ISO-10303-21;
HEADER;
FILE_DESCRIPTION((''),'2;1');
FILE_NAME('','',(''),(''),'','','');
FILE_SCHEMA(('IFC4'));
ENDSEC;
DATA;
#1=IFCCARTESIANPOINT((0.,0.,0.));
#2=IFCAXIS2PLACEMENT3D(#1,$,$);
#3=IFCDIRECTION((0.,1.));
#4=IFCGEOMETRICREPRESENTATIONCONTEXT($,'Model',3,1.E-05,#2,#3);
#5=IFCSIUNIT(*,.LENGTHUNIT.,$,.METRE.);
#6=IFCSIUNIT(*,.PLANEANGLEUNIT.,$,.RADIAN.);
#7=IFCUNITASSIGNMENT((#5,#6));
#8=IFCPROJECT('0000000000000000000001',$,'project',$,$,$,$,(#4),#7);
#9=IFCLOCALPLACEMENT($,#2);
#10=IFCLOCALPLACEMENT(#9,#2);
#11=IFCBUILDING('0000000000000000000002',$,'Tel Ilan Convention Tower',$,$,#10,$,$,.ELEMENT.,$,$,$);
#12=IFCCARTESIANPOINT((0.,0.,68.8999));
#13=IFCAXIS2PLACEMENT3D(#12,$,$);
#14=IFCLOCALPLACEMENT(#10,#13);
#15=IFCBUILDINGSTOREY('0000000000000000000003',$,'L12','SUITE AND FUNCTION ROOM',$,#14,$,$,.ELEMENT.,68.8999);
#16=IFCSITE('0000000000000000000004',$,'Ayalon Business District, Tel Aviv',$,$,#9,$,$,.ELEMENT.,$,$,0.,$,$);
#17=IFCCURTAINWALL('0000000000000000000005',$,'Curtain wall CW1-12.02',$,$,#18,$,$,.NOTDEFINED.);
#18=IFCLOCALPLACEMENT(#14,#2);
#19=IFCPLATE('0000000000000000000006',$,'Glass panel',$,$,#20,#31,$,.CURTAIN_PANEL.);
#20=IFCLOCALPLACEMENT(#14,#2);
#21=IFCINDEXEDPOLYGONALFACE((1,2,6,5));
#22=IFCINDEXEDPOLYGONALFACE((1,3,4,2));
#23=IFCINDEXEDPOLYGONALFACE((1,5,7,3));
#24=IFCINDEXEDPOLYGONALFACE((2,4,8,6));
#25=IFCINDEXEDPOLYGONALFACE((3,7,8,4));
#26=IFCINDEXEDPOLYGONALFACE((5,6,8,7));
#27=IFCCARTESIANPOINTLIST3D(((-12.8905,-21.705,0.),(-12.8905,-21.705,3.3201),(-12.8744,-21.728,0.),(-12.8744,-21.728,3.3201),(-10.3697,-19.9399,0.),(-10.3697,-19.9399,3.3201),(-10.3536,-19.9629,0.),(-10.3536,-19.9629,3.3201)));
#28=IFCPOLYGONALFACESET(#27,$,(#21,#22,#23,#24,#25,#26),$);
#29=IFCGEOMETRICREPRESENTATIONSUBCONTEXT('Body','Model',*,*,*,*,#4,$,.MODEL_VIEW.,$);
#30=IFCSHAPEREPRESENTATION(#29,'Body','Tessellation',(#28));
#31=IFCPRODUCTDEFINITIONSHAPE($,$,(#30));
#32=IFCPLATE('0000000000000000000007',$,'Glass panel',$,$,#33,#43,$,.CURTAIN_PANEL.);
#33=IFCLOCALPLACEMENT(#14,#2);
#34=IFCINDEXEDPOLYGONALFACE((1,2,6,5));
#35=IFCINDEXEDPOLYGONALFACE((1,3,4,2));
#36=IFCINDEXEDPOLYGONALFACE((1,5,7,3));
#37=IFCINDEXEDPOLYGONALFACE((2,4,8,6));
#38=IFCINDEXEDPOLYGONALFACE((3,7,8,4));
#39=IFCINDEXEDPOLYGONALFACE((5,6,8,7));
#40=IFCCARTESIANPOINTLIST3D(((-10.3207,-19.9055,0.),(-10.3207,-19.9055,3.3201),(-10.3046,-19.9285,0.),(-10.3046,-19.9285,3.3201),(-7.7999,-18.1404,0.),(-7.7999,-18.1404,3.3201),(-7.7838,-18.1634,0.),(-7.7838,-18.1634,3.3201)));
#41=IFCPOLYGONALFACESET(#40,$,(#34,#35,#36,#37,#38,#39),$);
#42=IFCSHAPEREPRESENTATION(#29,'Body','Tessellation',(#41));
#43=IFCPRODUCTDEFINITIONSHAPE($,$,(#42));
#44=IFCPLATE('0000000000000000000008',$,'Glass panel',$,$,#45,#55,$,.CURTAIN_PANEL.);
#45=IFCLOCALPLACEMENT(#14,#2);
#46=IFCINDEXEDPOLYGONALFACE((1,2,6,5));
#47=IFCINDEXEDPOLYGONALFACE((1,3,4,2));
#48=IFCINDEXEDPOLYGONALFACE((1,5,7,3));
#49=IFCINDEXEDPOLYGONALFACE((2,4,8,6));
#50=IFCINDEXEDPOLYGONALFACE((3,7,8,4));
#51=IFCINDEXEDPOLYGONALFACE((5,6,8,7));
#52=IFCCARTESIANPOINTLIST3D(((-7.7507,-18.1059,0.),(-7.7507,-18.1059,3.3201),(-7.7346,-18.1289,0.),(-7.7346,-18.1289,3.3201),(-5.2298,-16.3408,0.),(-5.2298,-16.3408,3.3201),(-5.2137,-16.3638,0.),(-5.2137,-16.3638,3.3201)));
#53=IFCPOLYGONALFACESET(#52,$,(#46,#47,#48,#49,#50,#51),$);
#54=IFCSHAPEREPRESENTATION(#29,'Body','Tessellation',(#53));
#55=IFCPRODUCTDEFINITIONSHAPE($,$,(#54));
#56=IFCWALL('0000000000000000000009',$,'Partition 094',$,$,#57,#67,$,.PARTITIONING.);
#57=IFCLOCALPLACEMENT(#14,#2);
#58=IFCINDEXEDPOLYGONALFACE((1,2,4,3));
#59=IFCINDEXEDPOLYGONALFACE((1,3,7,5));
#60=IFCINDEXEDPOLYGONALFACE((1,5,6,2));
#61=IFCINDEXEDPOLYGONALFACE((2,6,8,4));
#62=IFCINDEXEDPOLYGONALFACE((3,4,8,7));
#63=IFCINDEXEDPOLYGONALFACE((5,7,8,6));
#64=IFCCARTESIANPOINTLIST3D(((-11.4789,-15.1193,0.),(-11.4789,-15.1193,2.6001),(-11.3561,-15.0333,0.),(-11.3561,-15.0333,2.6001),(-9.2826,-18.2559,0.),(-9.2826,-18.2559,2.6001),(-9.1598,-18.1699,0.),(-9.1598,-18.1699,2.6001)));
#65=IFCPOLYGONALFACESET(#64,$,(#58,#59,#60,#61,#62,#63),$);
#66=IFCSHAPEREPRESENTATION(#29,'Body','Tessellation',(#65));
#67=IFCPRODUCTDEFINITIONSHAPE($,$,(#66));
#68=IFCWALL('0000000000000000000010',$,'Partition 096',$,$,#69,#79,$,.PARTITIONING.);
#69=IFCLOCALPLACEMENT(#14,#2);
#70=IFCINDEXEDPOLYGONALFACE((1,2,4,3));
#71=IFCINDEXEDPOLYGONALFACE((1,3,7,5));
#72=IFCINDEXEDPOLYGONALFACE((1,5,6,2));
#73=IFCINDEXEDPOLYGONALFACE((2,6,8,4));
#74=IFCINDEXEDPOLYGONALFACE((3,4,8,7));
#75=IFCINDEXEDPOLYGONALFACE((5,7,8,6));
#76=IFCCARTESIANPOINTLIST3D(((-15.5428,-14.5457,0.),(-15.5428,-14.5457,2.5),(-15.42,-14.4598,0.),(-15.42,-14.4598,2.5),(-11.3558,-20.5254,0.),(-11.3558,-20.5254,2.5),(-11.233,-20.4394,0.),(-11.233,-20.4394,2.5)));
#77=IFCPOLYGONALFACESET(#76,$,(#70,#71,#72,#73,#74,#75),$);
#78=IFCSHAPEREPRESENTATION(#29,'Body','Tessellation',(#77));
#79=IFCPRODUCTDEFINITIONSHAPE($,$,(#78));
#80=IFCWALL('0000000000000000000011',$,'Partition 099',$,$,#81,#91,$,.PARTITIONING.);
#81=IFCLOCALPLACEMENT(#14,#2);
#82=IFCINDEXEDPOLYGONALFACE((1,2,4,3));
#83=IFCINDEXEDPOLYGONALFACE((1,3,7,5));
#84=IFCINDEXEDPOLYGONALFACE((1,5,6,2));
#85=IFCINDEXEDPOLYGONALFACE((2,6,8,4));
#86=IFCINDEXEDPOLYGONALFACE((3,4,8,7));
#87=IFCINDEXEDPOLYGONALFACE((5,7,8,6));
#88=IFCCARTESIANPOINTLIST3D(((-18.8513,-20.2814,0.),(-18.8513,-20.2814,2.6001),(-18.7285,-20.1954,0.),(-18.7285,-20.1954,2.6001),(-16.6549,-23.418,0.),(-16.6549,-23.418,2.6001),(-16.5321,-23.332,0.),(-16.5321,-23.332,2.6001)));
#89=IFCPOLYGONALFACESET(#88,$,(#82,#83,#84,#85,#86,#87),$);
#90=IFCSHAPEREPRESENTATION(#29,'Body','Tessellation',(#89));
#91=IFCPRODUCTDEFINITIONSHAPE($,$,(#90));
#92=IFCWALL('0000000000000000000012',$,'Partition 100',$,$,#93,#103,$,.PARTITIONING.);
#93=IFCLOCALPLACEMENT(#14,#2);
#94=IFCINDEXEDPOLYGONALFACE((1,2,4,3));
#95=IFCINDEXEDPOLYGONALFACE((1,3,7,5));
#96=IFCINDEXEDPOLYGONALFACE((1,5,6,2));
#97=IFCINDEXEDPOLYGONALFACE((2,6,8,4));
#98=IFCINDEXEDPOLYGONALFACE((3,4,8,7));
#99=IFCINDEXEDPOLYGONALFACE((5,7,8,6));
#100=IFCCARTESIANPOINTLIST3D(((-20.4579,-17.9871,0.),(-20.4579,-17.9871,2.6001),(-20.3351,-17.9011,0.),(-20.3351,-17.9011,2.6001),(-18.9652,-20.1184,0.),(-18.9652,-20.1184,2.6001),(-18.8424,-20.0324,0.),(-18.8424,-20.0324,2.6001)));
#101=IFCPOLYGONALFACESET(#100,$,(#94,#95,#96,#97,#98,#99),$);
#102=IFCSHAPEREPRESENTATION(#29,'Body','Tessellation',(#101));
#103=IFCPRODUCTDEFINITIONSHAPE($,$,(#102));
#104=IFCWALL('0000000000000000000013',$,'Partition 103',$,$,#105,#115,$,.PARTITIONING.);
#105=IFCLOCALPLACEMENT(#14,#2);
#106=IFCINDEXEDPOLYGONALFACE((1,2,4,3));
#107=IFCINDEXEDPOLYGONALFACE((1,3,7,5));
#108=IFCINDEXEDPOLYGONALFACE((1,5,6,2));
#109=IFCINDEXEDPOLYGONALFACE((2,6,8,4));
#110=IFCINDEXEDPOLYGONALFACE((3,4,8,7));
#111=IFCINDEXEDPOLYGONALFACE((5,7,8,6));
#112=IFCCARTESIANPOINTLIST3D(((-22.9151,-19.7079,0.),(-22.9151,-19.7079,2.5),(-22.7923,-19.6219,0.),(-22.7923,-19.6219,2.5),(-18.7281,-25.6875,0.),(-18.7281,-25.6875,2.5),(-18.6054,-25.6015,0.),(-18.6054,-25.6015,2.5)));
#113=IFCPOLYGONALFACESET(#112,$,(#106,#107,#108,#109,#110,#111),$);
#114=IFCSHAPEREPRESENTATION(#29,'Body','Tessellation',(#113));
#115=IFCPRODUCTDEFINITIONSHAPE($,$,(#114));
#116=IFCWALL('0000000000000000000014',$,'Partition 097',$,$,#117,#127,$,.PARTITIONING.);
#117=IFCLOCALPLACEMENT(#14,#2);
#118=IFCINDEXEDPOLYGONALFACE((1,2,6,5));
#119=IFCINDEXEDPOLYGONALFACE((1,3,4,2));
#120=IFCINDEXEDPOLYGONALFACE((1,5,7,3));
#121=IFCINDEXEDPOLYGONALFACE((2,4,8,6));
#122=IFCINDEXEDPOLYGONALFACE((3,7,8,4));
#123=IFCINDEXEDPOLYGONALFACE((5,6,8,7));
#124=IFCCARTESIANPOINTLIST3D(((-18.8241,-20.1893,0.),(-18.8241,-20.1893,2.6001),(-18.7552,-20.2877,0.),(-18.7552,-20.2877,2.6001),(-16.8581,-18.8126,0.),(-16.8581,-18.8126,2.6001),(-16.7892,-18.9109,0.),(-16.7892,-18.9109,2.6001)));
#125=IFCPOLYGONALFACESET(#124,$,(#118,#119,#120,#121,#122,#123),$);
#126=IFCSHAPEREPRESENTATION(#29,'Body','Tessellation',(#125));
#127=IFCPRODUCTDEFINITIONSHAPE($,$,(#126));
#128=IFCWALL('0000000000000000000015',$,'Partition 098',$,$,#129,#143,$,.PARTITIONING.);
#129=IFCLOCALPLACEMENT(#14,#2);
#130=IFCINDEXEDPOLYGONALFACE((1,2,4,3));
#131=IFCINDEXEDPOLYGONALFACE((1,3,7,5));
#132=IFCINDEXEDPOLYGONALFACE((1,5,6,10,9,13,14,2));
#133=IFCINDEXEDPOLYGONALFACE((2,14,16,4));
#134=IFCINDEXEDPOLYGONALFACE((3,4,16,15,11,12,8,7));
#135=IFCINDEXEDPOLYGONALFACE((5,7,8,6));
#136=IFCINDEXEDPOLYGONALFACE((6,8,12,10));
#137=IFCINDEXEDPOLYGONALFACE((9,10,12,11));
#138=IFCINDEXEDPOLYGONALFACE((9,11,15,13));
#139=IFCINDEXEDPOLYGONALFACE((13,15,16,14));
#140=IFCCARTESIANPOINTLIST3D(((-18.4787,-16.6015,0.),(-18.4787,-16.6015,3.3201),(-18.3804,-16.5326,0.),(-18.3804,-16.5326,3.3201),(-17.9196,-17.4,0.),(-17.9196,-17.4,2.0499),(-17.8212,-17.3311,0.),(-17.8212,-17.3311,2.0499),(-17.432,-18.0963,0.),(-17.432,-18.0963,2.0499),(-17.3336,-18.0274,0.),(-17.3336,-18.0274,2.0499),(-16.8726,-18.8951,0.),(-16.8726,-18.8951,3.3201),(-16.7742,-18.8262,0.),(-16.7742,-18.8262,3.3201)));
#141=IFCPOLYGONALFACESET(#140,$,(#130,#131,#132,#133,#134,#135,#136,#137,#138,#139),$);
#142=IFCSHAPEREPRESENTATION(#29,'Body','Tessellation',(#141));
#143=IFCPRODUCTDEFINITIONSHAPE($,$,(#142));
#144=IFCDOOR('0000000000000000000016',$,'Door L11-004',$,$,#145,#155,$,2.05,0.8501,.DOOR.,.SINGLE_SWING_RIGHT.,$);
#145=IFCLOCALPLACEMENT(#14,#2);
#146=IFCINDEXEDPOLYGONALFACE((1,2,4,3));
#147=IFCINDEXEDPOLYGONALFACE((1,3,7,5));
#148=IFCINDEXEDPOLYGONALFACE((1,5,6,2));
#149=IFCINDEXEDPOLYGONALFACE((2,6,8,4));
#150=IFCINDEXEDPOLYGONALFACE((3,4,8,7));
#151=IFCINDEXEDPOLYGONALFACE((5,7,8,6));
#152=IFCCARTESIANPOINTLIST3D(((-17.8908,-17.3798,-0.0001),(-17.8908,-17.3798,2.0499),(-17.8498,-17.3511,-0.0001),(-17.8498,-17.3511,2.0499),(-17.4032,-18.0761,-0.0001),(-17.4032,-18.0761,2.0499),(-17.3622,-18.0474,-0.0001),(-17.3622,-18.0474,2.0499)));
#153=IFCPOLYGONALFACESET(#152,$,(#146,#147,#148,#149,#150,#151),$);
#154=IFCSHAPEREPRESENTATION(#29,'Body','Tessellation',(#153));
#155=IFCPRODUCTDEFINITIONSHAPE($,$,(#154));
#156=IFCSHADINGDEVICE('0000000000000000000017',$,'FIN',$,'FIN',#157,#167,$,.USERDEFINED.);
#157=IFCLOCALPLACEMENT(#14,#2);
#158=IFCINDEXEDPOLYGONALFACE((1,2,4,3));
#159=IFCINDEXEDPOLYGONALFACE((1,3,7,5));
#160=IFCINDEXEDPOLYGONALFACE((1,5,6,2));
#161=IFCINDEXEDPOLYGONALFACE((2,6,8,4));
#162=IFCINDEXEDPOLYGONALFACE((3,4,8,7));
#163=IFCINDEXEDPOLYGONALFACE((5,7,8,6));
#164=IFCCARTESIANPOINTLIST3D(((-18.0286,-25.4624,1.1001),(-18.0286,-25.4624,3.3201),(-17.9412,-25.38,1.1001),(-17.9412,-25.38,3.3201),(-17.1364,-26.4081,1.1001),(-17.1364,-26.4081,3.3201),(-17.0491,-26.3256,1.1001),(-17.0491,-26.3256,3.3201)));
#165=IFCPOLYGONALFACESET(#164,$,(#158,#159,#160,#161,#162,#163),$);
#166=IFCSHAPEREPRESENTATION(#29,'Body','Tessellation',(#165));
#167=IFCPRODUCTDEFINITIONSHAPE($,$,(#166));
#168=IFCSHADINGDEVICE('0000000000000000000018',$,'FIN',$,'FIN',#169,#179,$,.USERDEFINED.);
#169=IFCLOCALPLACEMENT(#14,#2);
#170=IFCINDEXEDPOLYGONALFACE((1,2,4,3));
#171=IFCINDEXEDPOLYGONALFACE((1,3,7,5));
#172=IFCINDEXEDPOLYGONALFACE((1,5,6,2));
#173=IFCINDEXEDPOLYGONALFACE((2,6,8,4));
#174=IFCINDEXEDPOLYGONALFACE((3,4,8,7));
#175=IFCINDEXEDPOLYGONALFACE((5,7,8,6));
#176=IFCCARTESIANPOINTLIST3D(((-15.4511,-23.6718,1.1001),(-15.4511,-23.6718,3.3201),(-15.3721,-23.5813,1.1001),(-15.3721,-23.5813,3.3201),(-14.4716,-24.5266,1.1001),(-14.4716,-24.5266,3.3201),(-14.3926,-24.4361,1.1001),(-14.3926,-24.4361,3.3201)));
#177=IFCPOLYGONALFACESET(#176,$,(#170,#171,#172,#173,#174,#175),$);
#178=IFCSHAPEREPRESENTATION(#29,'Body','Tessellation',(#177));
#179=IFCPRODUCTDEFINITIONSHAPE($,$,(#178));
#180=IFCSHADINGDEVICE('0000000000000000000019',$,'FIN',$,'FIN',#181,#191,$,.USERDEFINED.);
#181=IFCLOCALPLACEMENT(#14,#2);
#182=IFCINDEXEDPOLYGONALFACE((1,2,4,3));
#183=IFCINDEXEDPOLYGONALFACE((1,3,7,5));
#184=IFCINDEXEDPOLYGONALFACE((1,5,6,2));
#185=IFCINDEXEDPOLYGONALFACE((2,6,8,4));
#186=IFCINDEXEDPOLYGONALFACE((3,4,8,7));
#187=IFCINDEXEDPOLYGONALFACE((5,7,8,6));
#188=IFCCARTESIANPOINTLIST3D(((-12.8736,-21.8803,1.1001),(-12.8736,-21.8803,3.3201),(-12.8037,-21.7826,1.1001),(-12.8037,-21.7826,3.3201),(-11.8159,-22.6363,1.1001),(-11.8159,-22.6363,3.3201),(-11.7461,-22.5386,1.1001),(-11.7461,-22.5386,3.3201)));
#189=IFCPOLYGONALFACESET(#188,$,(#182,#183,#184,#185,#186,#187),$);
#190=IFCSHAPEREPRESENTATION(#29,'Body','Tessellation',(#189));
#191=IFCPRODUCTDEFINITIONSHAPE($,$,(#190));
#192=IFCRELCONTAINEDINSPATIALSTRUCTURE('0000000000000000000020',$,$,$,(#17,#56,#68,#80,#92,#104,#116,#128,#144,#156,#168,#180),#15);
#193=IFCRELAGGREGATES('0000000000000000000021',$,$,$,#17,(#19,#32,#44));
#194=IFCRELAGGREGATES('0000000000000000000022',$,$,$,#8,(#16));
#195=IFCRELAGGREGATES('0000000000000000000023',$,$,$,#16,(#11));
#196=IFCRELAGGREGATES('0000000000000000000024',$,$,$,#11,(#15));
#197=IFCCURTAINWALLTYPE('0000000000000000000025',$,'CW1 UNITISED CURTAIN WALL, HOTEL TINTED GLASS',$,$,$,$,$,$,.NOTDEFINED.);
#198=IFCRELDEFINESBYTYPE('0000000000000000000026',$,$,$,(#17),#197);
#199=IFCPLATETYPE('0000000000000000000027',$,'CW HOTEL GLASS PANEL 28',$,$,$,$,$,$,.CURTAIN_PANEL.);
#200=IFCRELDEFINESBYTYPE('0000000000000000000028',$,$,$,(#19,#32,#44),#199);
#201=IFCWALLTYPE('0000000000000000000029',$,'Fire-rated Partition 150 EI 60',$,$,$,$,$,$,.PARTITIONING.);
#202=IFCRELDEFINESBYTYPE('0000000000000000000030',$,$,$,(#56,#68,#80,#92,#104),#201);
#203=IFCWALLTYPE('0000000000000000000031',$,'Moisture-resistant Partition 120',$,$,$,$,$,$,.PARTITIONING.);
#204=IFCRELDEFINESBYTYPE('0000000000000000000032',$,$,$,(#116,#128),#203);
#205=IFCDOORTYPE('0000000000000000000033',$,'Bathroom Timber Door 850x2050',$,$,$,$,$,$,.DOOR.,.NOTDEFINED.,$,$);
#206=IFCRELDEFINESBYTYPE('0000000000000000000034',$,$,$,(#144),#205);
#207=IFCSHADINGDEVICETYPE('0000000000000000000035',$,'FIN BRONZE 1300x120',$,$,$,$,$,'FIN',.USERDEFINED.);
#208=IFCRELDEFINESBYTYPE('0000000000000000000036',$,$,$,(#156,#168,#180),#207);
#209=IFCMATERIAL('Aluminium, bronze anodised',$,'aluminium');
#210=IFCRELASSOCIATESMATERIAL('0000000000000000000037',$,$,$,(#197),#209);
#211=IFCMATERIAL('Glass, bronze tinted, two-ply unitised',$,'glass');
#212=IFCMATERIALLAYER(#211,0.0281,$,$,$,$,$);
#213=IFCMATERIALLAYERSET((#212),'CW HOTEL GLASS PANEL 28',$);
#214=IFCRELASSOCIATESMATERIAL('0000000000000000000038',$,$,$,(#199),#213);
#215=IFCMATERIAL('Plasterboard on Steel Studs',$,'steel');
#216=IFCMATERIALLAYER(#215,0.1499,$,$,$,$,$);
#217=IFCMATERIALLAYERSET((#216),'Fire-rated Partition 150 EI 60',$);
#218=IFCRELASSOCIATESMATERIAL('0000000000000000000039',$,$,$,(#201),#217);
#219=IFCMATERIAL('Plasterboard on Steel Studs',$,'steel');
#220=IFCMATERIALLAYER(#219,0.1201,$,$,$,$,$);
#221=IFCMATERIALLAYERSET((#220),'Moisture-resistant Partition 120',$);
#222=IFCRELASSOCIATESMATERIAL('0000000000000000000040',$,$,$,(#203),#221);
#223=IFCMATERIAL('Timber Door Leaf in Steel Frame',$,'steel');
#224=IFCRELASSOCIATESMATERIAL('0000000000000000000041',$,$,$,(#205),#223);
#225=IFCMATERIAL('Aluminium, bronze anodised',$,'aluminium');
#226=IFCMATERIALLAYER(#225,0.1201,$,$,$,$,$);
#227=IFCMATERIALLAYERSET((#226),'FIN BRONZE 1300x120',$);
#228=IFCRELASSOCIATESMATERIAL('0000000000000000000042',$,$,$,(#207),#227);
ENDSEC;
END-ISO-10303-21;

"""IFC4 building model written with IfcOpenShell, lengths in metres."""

from ifc_helpers import new_model, si_unit, direction, frame, frame_2d, origin, origin_2d, place, context, subcontext, project, spatial, rectangle, extrude, material, layer, layer_set, type_object, element, fill, aggregate, save


model = new_model("IFC4")

# Units and contexts
model_context = context("Model", 3, precision=1e-05, world=origin(), true_north=direction((0.0, 1.0)))
body_context = subcontext(model_context, "Body", "Model", "MODEL_VIEW")
ifc_project = project(units=[si_unit("LENGTHUNIT", "METRE"), si_unit("PLANEANGLEUNIT", "RADIAN")], contexts=[model_context])

# Site, building, storey
site_placement = place(None, origin())
site = spatial("IfcSite", under=ifc_project, at=site_placement, Name="Ayalon Business District, Tel Aviv", CompositionType="ELEMENT", RefElevation=0.0)
building_placement = place(site_placement, origin())
building = spatial("IfcBuilding", under=site, at=building_placement, Name="Tel Ilan Convention Tower", CompositionType="ELEMENT")
storey_placement = place(building_placement, frame((0.0, 0.0, 68.8999)))
storey = spatial("IfcBuildingStorey", under=building, at=storey_placement, Name="L12", Description="SUITE AND FUNCTION ROOM", CompositionType="ELEMENT", Elevation=68.8999)

# Curtain wall, plates
ifc_material_1 = material(Name="Aluminium, bronze anodised", Category="aluminium")
curtain_wall_type = type_object("IfcCurtainWallType", Name="CW1 UNITISED CURTAIN WALL, HOTEL TINTED GLASS", PredefinedType="NOTDEFINED", material=ifc_material_1)
curtain_wall_placement = place(storey_placement, origin())
curtain_wall = element("IfcCurtainWall", 1, at=curtain_wall_placement, inside=storey, type_object=curtain_wall_type, Name="Curtain wall CW1-12.02", PredefinedType="NOTDEFINED")
ifc_material_2 = material(Name="Glass, bronze tinted, two-ply unitised", Category="glass")
ifc_layer_1 = layer(ifc_material_2, 0.0281)
ifc_layer_set_1 = layer_set([ifc_layer_1], Name="CW HOTEL GLASS PANEL 28")
plate_type = type_object("IfcPlateType", Name="CW HOTEL GLASS PANEL 28", PredefinedType="CURTAIN_PANEL", material=ifc_layer_set_1)
plate_1_placement = place(storey_placement, frame((-11.6221, -20.834, 0.0), z_axis=(0.0, 0.0, 1.0), x_axis=(0.819152, 0.573576, 0.0)))
plate_1 = element("IfcPlate", 2, at=plate_1_placement, type_object=plate_type, Name="Glass panel", PredefinedType="CURTAIN_PANEL", context=body_context, shape_type="SweptSolid", body=[
    extrude(rectangle(XDim=3.0774, YDim=0.0281, at=origin_2d()), origin(), (0.0, 0.0, 1.0), 3.3201),
])
plate_2_placement = place(storey_placement, frame((-9.0522, -19.0344, 0.0), z_axis=(0.0, 0.0, 1.0), x_axis=(0.819152, 0.573576, 0.0)))
plate_2 = element("IfcPlate", 3, at=plate_2_placement, type_object=plate_type, Name="Glass panel", PredefinedType="CURTAIN_PANEL", context=body_context, shape_type="SweptSolid", body=[
    extrude(rectangle(XDim=3.0774, YDim=0.0281, at=origin_2d()), origin(), (0.0, 0.0, 1.0), 3.3201),
])
plate_3_placement = place(storey_placement, frame((-6.4822, -17.2349, 0.0), z_axis=(0.0, 0.0, 1.0), x_axis=(0.819152, 0.573576, 0.0)))
plate_3 = element("IfcPlate", 4, at=plate_3_placement, type_object=plate_type, Name="Glass panel", PredefinedType="CURTAIN_PANEL", context=body_context, shape_type="SweptSolid", body=[
    extrude(rectangle(XDim=3.0774, YDim=0.0281, at=origin_2d()), origin(), (0.0, 0.0, 1.0), 3.3201),
])
aggregate(curtain_wall, [plate_1, plate_2, plate_3])

# Walls
ifc_material_3 = material(Name="Plasterboard on Steel Studs", Category="steel")
ifc_layer_2 = layer(ifc_material_3, 0.1499)
ifc_layer_set_2 = layer_set([ifc_layer_2], Name="Fire-rated Partition 150 EI 60")
wall_type_1 = type_object("IfcWallType", Name="Fire-rated Partition 150 EI 60", PredefinedType="PARTITIONING", material=ifc_layer_set_2)
wall_1_placement = place(storey_placement, frame((-9.2212, -18.2129, 0.0), z_axis=(0.0, 0.0, 1.0), x_axis=(-0.573595, 0.819139, 0.0)))
element("IfcWall", 5, at=wall_1_placement, inside=storey, type_object=wall_type_1, Name="Partition 094", PredefinedType="PARTITIONING", context=body_context, shape_type="SweptSolid", body=[
    extrude(rectangle(XDim=3.8291, YDim=0.1499, at=frame_2d((1.9146, 0.0))), origin(), (0.0, 0.0, 1.0), 2.6001),
])
wall_2_placement = place(storey_placement, frame((-11.2944, -20.4824, 0.0), z_axis=(0.0, 0.0, 1.0), x_axis=(-0.573572, 0.819155, 0.0)))
element("IfcWall", 6, at=wall_2_placement, inside=storey, type_object=wall_type_1, Name="Partition 096", PredefinedType="PARTITIONING", context=body_context, shape_type="SweptSolid", body=[
    extrude(rectangle(XDim=7.2998, YDim=0.1499, at=frame_2d((3.6499, 0.0))), origin(), (0.0, 0.0, 1.0), 2.5),
])
wall_3_placement = place(storey_placement, frame((-16.5935, -23.375, 0.0), z_axis=(0.0, 0.0, 1.0), x_axis=(-0.573595, 0.819139, 0.0)))
element("IfcWall", 7, at=wall_3_placement, inside=storey, type_object=wall_type_1, Name="Partition 099", PredefinedType="PARTITIONING", context=body_context, shape_type="SweptSolid", body=[
    extrude(rectangle(XDim=3.8291, YDim=0.1499, at=frame_2d((1.9146, 0.0))), origin(), (0.0, 0.0, 1.0), 2.6001),
])
wall_4_placement = place(storey_placement, frame((-18.9038, -20.0754, 0.0), z_axis=(0.0, 0.0, 1.0), x_axis=(-0.573651, 0.8191, 0.0)))
element("IfcWall", 8, at=wall_4_placement, inside=storey, type_object=wall_type_1, Name="Partition 100", PredefinedType="PARTITIONING", context=body_context, shape_type="SweptSolid", body=[
    extrude(rectangle(XDim=2.6021, YDim=0.1499, at=frame_2d((1.301, 0.0))), origin(), (0.0, 0.0, 1.0), 2.6001),
])
wall_5_placement = place(storey_placement, frame((-18.6667, -25.6445, 0.0), z_axis=(0.0, 0.0, 1.0), x_axis=(-0.573572, 0.819155, 0.0)))
element("IfcWall", 9, at=wall_5_placement, inside=storey, type_object=wall_type_1, Name="Partition 103", PredefinedType="PARTITIONING", context=body_context, shape_type="SweptSolid", body=[
    extrude(rectangle(XDim=7.2998, YDim=0.1499, at=frame_2d((3.6499, 0.0))), origin(), (0.0, 0.0, 1.0), 2.5),
])
ifc_material_4 = material(Name="Plasterboard on Steel Studs", Category="steel")
ifc_layer_3 = layer(ifc_material_4, 0.1201)
ifc_layer_set_3 = layer_set([ifc_layer_3], Name="Moisture-resistant Partition 120")
wall_type_2 = type_object("IfcWallType", Name="Moisture-resistant Partition 120", PredefinedType="PARTITIONING", material=ifc_layer_set_3)
wall_6_placement = place(storey_placement, frame((-18.7898, -20.2385, 0.0), z_axis=(0.0, 0.0, 1.0), x_axis=(0.819141, 0.573592, 0.0)))
element("IfcWall", 10, at=wall_6_placement, inside=storey, type_object=wall_type_2, Name="Partition 097", PredefinedType="PARTITIONING", context=body_context, shape_type="SweptSolid", body=[
    extrude(rectangle(XDim=2.4001, YDim=0.1201, at=frame_2d((1.2002, 0.0))), origin(), (0.0, 0.0, 1.0), 2.6001),
])

# Wall, opening, door
wall_7_placement = place(storey_placement, frame((-16.8235, -18.8606, 0.0), z_axis=(0.0, 0.0, 1.0), x_axis=(-0.573609, 0.81913, 0.0)))
wall_7 = element("IfcWall", 11, at=wall_7_placement, inside=storey, type_object=wall_type_2, Name="Partition 098", PredefinedType="PARTITIONING", context=body_context, shape_type="SweptSolid", body=[
    extrude(rectangle(XDim=2.8, YDim=0.1201, at=frame_2d((1.3999, 0.0))), origin(), (0.0, 0.0, 1.0), 3.3201),
])
opening_placement = place(wall_7_placement, frame((0.9751, 0.0, 0.0)))
opening = element("IfcOpeningElement", 12, at=opening_placement, cuts=wall_7, PredefinedType="OPENING", context=body_context, shape_type="SweptSolid", body=[
    extrude(rectangle(XDim=0.8501, YDim=2.05, at=frame_2d((0.425, 1.0249))), frame((0.0, 0.0701, 0.0), z_axis=(0.0, -1.0, 0.0), x_axis=(1.0, 0.0, 0.0)), (0.0, 0.0, 1.0), 0.1401),
])
ifc_material_5 = material(Name="Timber Door Leaf in Steel Frame", Category="steel")
door_type = type_object("IfcDoorType", Name="Bathroom Timber Door 850x2050", OperationType="NOTDEFINED", PredefinedType="DOOR", material=ifc_material_5)
door_placement = place(opening_placement, origin())
door = element("IfcDoor", 13, at=door_placement, inside=storey, type_object=door_type, Name="Door L11-004", OperationType="SINGLE_SWING_RIGHT", OverallHeight=2.05, OverallWidth=0.8501, PredefinedType="DOOR", context=body_context, shape_type="SweptSolid", body=[
    extrude(rectangle(XDim=0.8501, YDim=2.05, at=frame_2d((0.425, 1.0249))), frame((0.0, 0.0249, 0.0), z_axis=(0.0, -1.0, 0.0), x_axis=(1.0, 0.0, 0.0)), (0.0, 0.0, 1.0), 0.05),
])
fill(opening, door)

# Shading devices
ifc_material_6 = material(Name="Aluminium, bronze anodised", Category="aluminium")
ifc_layer_4 = layer(ifc_material_6, 0.1201)
ifc_layer_set_4 = layer_set([ifc_layer_4], Name="FIN BRONZE 1300x120")
shading_device_type = type_object("IfcShadingDeviceType", Name="FIN BRONZE 1300x120", ElementType="FIN", PredefinedType="USERDEFINED", material=ifc_layer_set_4)
for number, where, z_axis, x_axis, name in (
    (14, (-17.5388, -25.894, 1.1001), (0.0, 0.0, 1.0), (0.686242, -0.727374, 0.0), "FIN"),
    (15, (-14.9219, -24.054, 1.1001), (0.0, 0.0, 1.0), (0.753436, -0.657521, 0.0), "FIN"),
    (16, (-12.3098, -22.2095, 1.1001), (0.0, 0.0, 1.0), (0.813552, -0.581492, 0.0), "FIN"),
):
    element("IfcShadingDevice", number, at=place(storey_placement, frame(where, z_axis=z_axis, x_axis=x_axis)), inside=storey, type_object=shading_device_type, Name=name, ObjectType="FIN", PredefinedType="USERDEFINED", context=body_context, shape_type="SweptSolid", body=[
        extrude(rectangle(XDim=1.3, YDim=0.1201, at=origin_2d()), origin(), (0.0, 0.0, 1.0), 2.22),
    ])

save(model, "model.ifc")
